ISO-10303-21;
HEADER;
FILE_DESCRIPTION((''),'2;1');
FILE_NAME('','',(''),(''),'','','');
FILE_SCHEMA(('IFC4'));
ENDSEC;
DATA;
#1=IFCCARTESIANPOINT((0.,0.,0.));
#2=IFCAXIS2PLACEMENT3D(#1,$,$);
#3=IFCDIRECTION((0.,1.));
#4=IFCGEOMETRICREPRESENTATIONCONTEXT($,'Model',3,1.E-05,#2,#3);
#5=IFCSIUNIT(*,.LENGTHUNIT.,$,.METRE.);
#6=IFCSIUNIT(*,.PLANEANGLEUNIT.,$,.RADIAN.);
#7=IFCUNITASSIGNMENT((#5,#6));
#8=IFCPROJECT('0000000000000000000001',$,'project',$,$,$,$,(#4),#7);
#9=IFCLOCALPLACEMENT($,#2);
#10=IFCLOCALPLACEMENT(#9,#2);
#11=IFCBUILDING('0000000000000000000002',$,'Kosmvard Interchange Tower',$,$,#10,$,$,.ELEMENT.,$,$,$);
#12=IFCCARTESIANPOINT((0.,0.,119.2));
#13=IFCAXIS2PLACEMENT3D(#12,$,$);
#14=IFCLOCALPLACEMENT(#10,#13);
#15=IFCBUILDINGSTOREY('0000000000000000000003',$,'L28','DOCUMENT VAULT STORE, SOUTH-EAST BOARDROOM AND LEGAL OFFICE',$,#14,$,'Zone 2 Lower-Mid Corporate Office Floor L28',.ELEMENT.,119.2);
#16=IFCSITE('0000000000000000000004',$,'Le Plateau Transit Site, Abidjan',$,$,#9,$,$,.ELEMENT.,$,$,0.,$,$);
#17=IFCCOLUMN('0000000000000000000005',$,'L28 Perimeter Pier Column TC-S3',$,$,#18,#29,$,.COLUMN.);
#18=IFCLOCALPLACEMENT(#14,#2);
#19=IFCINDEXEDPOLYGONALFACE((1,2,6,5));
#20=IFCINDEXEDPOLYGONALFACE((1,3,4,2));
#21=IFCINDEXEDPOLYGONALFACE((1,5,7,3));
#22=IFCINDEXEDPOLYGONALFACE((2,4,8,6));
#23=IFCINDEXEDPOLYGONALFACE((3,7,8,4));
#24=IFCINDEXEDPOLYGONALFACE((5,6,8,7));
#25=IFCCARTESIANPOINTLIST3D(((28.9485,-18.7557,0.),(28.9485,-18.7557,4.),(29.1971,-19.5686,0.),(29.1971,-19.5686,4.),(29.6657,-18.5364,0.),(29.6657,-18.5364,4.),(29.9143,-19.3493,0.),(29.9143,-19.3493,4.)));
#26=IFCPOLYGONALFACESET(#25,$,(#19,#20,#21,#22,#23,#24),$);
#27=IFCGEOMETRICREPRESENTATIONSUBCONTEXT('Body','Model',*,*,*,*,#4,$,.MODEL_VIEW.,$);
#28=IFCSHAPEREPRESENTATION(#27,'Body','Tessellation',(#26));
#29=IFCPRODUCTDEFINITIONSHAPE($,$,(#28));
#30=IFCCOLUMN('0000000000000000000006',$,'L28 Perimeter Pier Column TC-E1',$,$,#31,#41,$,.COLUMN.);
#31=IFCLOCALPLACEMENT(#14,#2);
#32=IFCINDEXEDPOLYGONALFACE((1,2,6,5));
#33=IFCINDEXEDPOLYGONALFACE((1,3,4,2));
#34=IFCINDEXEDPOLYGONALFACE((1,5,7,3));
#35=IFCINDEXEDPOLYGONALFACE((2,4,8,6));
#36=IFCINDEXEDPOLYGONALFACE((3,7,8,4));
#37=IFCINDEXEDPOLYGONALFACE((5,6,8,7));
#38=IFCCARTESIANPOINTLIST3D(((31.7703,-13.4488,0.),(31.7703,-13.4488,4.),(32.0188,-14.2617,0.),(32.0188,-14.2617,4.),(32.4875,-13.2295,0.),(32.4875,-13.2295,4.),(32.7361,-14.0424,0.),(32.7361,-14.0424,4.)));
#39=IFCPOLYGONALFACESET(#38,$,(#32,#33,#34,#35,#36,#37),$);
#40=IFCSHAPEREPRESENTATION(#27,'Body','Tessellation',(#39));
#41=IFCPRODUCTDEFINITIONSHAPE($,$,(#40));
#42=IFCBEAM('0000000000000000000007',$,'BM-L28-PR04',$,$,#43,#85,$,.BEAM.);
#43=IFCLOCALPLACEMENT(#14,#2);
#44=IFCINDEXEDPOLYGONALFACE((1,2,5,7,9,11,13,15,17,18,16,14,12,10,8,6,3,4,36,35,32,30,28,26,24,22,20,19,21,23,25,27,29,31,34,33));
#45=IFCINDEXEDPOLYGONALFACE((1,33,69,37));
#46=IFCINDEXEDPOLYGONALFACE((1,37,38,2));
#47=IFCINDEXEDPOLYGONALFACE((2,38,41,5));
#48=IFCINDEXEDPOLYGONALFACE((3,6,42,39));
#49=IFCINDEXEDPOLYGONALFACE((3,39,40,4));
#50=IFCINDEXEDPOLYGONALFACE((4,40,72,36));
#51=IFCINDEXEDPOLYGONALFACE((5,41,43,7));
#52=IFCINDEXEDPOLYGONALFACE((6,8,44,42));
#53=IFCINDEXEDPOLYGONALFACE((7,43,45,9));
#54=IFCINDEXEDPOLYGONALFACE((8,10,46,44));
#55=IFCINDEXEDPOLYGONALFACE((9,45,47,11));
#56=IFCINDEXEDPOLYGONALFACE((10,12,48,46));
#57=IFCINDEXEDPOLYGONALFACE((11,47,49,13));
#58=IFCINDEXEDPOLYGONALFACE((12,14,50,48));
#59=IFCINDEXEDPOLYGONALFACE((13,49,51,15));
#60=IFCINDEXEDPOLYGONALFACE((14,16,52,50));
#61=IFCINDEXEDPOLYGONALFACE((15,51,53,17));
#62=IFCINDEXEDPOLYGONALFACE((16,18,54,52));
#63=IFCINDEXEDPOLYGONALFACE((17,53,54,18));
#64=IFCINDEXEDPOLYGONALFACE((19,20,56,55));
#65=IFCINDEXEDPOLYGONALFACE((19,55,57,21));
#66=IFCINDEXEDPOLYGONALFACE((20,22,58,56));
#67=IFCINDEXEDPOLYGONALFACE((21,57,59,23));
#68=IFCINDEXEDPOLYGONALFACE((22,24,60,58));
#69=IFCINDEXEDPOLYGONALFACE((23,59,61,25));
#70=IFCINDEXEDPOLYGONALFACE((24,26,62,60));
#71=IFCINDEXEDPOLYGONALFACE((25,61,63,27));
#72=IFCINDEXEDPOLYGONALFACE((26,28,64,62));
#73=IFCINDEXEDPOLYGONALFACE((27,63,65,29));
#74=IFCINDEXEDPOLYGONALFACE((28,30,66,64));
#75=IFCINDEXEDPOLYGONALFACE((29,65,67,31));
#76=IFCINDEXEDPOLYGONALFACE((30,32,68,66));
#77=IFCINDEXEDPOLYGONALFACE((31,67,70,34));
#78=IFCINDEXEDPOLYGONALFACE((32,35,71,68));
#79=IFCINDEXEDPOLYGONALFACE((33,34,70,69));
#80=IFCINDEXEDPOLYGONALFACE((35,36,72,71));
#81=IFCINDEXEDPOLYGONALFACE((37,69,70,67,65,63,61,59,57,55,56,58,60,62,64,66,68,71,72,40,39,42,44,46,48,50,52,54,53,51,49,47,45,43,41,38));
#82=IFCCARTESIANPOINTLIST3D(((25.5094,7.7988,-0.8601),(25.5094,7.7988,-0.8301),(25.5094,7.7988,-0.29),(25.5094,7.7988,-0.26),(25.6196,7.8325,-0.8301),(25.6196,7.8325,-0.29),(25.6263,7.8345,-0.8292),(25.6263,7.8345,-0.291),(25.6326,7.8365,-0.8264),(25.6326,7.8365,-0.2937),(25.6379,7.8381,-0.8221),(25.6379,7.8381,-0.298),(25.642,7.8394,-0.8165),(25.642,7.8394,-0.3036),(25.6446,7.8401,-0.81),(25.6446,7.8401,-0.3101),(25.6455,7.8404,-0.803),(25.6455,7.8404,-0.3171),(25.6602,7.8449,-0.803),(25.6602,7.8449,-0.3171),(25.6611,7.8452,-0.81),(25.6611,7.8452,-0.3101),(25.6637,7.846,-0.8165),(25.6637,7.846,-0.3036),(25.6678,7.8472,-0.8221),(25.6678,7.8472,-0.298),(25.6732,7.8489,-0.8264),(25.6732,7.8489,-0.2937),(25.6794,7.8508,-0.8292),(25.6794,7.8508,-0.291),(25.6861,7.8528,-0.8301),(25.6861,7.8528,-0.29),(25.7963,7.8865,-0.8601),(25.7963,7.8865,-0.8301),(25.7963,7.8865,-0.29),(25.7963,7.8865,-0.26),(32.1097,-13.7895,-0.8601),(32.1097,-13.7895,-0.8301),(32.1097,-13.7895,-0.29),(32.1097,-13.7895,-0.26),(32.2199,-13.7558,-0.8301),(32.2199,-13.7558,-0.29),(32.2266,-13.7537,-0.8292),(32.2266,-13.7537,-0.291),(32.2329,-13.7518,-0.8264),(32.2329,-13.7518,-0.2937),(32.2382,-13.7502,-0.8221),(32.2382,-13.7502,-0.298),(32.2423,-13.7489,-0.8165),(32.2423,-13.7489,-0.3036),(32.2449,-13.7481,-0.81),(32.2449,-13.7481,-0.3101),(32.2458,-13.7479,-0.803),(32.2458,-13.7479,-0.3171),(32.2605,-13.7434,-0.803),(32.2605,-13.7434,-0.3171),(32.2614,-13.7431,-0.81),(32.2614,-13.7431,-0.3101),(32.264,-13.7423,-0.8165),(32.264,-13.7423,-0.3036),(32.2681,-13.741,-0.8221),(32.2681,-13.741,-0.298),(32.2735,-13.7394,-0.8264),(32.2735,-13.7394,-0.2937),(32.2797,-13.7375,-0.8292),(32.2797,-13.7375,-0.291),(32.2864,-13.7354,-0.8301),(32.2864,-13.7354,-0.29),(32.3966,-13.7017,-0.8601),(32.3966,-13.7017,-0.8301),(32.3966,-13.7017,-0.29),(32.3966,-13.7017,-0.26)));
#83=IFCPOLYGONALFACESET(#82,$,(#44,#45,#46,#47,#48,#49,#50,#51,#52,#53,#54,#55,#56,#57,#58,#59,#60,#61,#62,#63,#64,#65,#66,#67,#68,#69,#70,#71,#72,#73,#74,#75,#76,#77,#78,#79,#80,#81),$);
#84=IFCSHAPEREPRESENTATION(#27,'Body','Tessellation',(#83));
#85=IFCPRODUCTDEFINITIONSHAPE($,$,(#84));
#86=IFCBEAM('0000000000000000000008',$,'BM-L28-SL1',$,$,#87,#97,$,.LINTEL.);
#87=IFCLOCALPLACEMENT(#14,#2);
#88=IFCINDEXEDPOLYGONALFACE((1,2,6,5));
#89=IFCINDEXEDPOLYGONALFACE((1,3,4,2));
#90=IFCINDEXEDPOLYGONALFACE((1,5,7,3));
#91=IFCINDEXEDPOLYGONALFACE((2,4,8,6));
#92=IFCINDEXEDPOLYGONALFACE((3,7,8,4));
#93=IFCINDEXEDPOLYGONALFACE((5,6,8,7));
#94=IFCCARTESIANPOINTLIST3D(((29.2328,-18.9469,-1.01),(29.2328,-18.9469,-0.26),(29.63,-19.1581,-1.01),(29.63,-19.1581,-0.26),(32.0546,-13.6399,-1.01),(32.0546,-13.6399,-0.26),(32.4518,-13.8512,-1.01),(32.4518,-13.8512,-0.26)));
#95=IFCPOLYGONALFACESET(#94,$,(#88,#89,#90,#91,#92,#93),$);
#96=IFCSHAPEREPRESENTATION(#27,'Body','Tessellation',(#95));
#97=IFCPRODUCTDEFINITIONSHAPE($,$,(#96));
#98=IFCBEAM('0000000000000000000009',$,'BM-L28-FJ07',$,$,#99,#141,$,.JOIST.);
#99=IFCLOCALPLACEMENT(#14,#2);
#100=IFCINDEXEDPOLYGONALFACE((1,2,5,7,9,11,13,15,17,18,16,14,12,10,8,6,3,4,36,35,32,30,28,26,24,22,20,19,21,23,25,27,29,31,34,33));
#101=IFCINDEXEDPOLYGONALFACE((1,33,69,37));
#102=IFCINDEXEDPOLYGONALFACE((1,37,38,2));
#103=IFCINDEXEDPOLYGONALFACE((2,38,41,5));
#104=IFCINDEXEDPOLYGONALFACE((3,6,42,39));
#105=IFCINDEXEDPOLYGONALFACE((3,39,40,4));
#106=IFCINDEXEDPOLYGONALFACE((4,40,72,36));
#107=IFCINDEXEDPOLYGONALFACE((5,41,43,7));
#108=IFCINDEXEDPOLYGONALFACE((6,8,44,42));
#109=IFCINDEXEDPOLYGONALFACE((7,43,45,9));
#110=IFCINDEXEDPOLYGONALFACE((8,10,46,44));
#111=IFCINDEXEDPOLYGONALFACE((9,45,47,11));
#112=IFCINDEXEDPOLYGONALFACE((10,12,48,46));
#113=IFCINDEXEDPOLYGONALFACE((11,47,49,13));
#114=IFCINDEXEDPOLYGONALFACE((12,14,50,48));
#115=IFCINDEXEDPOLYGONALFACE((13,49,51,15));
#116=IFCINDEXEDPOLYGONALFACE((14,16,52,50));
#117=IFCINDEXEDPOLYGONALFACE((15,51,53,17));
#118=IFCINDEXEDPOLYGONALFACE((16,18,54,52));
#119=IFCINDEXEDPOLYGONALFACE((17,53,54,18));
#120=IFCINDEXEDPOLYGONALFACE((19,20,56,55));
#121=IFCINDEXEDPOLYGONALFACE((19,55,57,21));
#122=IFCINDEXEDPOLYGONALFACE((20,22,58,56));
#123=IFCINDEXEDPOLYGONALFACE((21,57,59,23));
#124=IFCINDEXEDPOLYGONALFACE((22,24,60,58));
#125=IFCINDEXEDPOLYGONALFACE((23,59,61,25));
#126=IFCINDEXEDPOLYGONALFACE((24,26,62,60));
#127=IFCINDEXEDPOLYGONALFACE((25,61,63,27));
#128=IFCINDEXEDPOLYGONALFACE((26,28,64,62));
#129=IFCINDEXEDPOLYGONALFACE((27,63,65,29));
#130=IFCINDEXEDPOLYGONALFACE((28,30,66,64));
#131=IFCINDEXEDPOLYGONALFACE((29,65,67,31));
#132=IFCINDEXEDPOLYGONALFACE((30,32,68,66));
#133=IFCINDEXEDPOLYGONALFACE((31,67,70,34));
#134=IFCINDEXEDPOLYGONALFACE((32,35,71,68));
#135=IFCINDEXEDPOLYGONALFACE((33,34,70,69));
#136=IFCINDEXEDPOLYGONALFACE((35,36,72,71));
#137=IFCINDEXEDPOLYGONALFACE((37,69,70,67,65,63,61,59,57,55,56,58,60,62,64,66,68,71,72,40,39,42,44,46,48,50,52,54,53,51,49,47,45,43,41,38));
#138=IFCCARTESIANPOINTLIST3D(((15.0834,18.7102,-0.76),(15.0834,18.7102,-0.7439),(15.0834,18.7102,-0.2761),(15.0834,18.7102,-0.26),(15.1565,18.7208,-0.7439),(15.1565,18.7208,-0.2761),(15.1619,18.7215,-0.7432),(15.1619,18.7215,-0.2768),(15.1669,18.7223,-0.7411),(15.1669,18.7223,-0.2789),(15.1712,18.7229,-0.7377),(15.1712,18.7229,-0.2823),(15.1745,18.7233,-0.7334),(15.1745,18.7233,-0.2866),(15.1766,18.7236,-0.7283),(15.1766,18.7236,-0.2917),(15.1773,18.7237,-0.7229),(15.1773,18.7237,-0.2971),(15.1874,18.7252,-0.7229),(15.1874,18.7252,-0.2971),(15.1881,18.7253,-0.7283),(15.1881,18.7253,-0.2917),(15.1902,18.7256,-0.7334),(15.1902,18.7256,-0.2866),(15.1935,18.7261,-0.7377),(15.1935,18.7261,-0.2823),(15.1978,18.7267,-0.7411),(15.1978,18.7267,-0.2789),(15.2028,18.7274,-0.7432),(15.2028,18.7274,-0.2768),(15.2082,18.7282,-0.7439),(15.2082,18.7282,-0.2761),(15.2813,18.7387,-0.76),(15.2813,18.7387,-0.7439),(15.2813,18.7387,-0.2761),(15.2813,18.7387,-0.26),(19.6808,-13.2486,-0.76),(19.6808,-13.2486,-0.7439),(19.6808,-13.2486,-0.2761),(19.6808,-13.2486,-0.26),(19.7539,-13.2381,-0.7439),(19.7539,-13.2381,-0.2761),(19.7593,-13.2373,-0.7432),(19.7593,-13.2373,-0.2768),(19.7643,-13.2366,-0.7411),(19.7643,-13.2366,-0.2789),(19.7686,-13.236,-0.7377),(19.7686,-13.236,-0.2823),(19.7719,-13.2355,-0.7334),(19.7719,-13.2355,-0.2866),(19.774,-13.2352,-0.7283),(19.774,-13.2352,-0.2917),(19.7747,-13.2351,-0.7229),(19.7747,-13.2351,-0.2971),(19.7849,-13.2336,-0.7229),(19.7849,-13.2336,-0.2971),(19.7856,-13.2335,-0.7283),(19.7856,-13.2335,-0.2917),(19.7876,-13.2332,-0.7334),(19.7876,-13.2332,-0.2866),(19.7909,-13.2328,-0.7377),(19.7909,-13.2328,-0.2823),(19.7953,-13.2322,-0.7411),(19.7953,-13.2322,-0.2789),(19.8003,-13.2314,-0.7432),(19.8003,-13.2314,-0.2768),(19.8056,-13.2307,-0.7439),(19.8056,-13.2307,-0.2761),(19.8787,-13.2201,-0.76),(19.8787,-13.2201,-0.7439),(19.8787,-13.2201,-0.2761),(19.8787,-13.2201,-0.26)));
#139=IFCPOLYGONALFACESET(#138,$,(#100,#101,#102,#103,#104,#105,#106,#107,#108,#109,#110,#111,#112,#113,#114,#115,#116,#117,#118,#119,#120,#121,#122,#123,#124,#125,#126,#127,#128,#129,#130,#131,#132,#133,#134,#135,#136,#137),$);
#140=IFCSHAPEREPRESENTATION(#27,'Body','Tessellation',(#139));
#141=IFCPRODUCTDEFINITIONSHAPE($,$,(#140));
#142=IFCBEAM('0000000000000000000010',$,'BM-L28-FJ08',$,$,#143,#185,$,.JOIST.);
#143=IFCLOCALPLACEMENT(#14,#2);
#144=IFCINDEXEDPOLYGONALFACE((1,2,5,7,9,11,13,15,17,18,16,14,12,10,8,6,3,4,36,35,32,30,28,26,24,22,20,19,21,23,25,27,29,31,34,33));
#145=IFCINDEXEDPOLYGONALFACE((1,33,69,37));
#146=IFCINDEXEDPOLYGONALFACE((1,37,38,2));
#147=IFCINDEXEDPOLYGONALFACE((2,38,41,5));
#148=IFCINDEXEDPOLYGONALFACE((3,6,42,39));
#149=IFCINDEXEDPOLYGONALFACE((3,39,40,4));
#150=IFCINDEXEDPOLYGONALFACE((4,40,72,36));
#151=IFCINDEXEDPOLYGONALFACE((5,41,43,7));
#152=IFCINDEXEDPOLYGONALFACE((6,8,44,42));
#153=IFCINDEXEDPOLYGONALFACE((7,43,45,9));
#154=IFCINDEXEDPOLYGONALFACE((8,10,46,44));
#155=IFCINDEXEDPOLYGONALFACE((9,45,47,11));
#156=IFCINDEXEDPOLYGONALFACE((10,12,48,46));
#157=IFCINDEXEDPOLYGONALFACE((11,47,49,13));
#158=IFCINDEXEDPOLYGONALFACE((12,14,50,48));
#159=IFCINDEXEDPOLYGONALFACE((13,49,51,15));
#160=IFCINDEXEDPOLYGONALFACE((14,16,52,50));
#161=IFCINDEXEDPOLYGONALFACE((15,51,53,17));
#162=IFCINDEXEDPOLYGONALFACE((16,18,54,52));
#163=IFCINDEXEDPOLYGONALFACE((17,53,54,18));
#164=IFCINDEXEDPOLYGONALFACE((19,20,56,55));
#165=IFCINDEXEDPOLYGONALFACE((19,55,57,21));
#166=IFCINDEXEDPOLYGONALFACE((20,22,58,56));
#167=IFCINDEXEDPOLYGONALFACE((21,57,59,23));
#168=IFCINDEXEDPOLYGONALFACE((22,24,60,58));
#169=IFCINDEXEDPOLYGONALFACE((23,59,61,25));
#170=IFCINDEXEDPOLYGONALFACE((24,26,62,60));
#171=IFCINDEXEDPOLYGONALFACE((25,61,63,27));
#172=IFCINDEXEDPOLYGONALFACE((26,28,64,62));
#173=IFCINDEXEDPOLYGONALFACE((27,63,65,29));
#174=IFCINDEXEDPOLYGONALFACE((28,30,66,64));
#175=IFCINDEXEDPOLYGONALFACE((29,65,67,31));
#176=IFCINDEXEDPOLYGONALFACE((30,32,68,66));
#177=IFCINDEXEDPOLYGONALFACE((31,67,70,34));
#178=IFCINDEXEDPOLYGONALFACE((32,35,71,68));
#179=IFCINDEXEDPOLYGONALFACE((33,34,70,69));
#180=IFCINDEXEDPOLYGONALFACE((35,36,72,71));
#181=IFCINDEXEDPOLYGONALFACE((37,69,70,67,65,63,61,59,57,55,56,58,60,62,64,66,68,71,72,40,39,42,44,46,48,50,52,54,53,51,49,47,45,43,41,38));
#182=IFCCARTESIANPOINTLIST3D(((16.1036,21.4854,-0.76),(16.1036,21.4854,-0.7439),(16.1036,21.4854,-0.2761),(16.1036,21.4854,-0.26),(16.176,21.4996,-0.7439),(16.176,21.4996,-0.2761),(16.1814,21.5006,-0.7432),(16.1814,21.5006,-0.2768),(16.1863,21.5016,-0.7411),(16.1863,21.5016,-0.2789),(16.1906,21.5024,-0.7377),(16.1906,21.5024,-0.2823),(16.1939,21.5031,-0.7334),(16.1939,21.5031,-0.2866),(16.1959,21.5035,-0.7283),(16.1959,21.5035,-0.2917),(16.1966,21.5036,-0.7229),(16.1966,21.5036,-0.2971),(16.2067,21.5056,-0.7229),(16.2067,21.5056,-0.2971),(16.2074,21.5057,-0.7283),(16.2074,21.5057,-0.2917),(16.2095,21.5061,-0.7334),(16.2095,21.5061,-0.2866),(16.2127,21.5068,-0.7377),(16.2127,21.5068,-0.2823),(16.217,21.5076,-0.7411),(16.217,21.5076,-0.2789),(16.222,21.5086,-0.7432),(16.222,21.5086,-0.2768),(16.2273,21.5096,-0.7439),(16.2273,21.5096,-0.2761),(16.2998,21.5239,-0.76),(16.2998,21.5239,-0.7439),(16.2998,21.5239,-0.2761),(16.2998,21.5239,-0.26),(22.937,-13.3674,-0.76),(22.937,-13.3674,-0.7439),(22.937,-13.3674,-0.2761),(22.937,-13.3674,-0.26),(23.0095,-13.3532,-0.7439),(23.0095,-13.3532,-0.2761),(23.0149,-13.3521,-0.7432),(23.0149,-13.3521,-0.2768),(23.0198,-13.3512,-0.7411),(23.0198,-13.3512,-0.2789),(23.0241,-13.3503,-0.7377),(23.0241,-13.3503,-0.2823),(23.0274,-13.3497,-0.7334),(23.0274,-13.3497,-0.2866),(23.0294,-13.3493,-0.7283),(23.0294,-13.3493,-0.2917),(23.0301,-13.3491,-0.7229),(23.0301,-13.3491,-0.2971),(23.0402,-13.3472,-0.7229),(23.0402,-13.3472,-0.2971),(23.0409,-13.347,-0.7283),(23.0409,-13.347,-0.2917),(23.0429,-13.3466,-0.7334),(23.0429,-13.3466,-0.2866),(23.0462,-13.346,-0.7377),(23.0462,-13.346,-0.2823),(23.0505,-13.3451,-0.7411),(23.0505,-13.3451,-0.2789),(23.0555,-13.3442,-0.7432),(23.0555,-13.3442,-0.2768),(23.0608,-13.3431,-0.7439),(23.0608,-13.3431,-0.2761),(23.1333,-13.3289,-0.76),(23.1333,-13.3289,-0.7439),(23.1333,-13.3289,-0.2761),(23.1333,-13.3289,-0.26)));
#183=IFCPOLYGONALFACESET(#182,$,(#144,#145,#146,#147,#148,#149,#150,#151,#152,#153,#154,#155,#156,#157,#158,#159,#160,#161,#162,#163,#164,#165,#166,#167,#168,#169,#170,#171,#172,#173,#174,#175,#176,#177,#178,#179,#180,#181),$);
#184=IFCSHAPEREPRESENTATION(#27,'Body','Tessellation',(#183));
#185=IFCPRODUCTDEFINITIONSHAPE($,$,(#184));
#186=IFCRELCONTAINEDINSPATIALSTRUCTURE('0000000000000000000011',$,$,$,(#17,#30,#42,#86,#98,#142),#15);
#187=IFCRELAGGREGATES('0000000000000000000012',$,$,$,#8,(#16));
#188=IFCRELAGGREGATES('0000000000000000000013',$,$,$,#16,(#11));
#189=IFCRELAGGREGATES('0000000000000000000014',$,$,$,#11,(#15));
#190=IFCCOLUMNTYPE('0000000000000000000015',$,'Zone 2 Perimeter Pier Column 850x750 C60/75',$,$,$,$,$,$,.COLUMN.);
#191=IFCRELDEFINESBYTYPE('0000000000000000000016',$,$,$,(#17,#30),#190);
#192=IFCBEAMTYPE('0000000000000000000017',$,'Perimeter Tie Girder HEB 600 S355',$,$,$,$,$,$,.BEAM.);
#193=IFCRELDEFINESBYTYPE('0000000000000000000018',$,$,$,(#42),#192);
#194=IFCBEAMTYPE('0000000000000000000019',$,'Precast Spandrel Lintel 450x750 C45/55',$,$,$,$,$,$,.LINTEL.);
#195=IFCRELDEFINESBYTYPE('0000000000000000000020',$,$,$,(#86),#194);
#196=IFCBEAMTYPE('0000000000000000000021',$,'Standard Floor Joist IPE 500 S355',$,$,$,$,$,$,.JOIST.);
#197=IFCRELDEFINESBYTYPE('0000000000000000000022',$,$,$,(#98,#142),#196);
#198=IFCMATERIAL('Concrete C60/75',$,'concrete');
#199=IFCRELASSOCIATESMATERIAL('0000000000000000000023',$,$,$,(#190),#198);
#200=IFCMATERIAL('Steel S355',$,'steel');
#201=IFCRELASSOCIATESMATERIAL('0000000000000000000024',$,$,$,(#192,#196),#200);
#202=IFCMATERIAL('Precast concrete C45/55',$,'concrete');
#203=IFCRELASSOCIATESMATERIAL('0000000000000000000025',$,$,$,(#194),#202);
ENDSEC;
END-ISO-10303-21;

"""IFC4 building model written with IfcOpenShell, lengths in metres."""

from ifc_helpers import new_model, si_unit, direction, frame, origin, origin_2d, place, context, subcontext, project, spatial, rectangle, i_section, extrude, source, transform, mapped, material, material_profile, profile_set, type_object, element, save


model = new_model("IFC4")

# Units and contexts
model_context = context("Model", 3, precision=1e-05, world=origin(), true_north=direction((0.0, 1.0)))
body_context = subcontext(model_context, "Body", "Model", "MODEL_VIEW")
ifc_project = project(units=[si_unit("LENGTHUNIT", "METRE"), si_unit("PLANEANGLEUNIT", "RADIAN")], contexts=[model_context])

# Site, building, storey
site_placement = place(None, origin())
site = spatial("IfcSite", under=ifc_project, at=site_placement, Name="Le Plateau Transit Site, Abidjan", CompositionType="ELEMENT", RefElevation=0.0)
building_placement = place(site_placement, origin())
building = spatial("IfcBuilding", under=site, at=building_placement, Name="Kosmvard Interchange Tower", CompositionType="ELEMENT")
storey_placement = place(building_placement, frame((0.0, 0.0, 119.2)))
storey = spatial("IfcBuildingStorey", under=building, at=storey_placement, Name="L28", Description="DOCUMENT VAULT STORE, SOUTH-EAST BOARDROOM AND LEGAL OFFICE", LongName="Zone 2 Lower-Mid Corporate Office Floor L28", CompositionType="ELEMENT", Elevation=119.2)

# Columns
ifc_material_1 = material(Name="Concrete C60/75", Category="concrete")
ifc_material_profile_1 = material_profile(ifc_material_1, rectangle(XDim=0.75, YDim=0.8501, at=origin_2d()), Name="TC 850x750")
ifc_profile_set_1 = profile_set([ifc_material_profile_1], Name="Concrete C60/75")
column_type = type_object("IfcColumnType", Name="Zone 2 Perimeter Pier Column 850x750 C60/75", PredefinedType="COLUMN", material=ifc_profile_set_1)
shared_shape_1 = source(origin(), body_context, "Body", "SweptSolid", [
    extrude(rectangle(XDim=0.75, YDim=0.8501, at=origin_2d()), origin(), (0.0, 0.0, 1.0), 4.0),
])
for number, where, z_axis, x_axis, name in (
    (1, (29.4314, -19.0525, 0.0), (0.0, 0.0, 1.0), (0.956305, 0.292372, 0.0), "L28 Perimeter Pier Column TC-S3"),
    (2, (32.2532, -13.7456, 0.0), (0.0, 0.0, 1.0), (0.956305, 0.292372, 0.0), "L28 Perimeter Pier Column TC-E1"),
):
    element("IfcColumn", number, at=place(storey_placement, frame(where, z_axis=z_axis, x_axis=x_axis)), inside=storey, type_object=column_type, Name=name, PredefinedType="COLUMN", context=body_context, shape_type="MappedRepresentation", body=[
        mapped(shared_shape_1, transform((0.0, 0.0, 0.0), scale=1.0)),
    ])

# Beams
ifc_material_2 = material(Name="Steel S355", Category="steel")
ifc_material_profile_2 = material_profile(ifc_material_2, i_section(OverallWidth=0.3, OverallDepth=0.6001, WebThickness=0.0154, FlangeThickness=0.03, FilletRadius=0.0271, at=origin_2d()), Name="HEB 600")
ifc_profile_set_2 = profile_set([ifc_material_profile_2], Name="Steel S355")
beam_type_1 = type_object("IfcBeamType", Name="Perimeter Tie Girder HEB 600 S355", PredefinedType="BEAM", material=ifc_profile_set_2)
shared_shape_2 = source(origin(), body_context, "Body", "SweptSolid", [
    extrude(i_section(OverallWidth=0.3, OverallDepth=0.6001, WebThickness=0.0154, FlangeThickness=0.03, FilletRadius=0.0271, at=origin_2d()), origin(), (0.0, 0.0, 1.0), 22.5747),
])
beam_1_placement = place(storey_placement, frame((32.2532, -13.7456, -0.5601), z_axis=(-0.292376, 0.956303, 0.0), x_axis=(-0.956303, -0.292376, 0.0)))
element("IfcBeam", 3, at=beam_1_placement, inside=storey, type_object=beam_type_1, Name="BM-L28-PR04", PredefinedType="BEAM", context=body_context, shape_type="MappedRepresentation", body=[
    mapped(shared_shape_2, transform((0.0, 0.0, 0.0), scale=1.0)),
])
ifc_material_3 = material(Name="Precast concrete C45/55", Category="concrete")
ifc_material_profile_3 = material_profile(ifc_material_3, rectangle(XDim=0.45, YDim=0.75, at=origin_2d()), Name="SL 450x750")
ifc_profile_set_3 = profile_set([ifc_material_profile_3], Name="Precast concrete C45/55")
beam_type_2 = type_object("IfcBeamType", Name="Precast Spandrel Lintel 450x750 C45/55", PredefinedType="LINTEL", material=ifc_profile_set_3)
shared_shape_3 = source(origin(), body_context, "Body", "SweptSolid", [
    extrude(rectangle(XDim=0.45, YDim=0.75, at=origin_2d()), origin(), (0.0, 0.0, 1.0), 6.0105),
])
beam_2_placement = place(storey_placement, frame((29.4314, -19.0525, -0.635), z_axis=(0.469479, 0.882944, 0.0), x_axis=(-0.882944, 0.469479, 0.0)))
element("IfcBeam", 4, at=beam_2_placement, inside=storey, type_object=beam_type_2, Name="BM-L28-SL1", PredefinedType="LINTEL", context=body_context, shape_type="MappedRepresentation", body=[
    mapped(shared_shape_3, transform((0.0, 0.0, 0.0), scale=1.0)),
])
ifc_material_profile_4 = material_profile(ifc_material_2, i_section(OverallWidth=0.2, OverallDepth=0.5, WebThickness=0.0103, FlangeThickness=0.0161, FilletRadius=0.021, at=origin_2d()), Name="IPE 500")
ifc_profile_set_4 = profile_set([ifc_material_profile_4], Name="Steel S355")
beam_type_3 = type_object("IfcBeamType", Name="Standard Floor Joist IPE 500 S355", PredefinedType="JOIST", material=ifc_profile_set_4)
shared_shape_4 = source(origin(), body_context, "Body", "SweptSolid", [
    extrude(i_section(OverallWidth=0.2, OverallDepth=0.5, WebThickness=0.0103, FlangeThickness=0.0161, FilletRadius=0.021, at=origin_2d()), origin(), (0.0, 0.0, 1.0), 32.2878),
])
beam_3_placement = place(storey_placement, frame((19.7798, -13.2344, -0.51), z_axis=(-0.142389, 0.989811, 0.0), x_axis=(-0.989811, -0.142389, 0.0)))
element("IfcBeam", 5, at=beam_3_placement, inside=storey, type_object=beam_type_3, Name="BM-L28-FJ07", PredefinedType="JOIST", context=body_context, shape_type="MappedRepresentation", body=[
    mapped(shared_shape_4, transform((0.0, 0.0, 0.0), scale=1.0)),
])
shared_shape_5 = source(origin(), body_context, "Body", "SweptSolid", [
    extrude(i_section(OverallWidth=0.2, OverallDepth=0.5, WebThickness=0.0103, FlangeThickness=0.0161, FilletRadius=0.021, at=origin_2d()), origin(), (0.0, 0.0, 1.0), 35.5164),
])
beam_4_placement = place(storey_placement, frame((23.0352, -13.3481, -0.51), z_axis=(-0.192404, 0.981316, 0.0), x_axis=(-0.981316, -0.192404, 0.0)))
element("IfcBeam", 6, at=beam_4_placement, inside=storey, type_object=beam_type_3, Name="BM-L28-FJ08", PredefinedType="JOIST", context=body_context, shape_type="MappedRepresentation", body=[
    mapped(shared_shape_5, transform((0.0, 0.0, 0.0), scale=1.0)),
])

save(model, "model.ifc")
